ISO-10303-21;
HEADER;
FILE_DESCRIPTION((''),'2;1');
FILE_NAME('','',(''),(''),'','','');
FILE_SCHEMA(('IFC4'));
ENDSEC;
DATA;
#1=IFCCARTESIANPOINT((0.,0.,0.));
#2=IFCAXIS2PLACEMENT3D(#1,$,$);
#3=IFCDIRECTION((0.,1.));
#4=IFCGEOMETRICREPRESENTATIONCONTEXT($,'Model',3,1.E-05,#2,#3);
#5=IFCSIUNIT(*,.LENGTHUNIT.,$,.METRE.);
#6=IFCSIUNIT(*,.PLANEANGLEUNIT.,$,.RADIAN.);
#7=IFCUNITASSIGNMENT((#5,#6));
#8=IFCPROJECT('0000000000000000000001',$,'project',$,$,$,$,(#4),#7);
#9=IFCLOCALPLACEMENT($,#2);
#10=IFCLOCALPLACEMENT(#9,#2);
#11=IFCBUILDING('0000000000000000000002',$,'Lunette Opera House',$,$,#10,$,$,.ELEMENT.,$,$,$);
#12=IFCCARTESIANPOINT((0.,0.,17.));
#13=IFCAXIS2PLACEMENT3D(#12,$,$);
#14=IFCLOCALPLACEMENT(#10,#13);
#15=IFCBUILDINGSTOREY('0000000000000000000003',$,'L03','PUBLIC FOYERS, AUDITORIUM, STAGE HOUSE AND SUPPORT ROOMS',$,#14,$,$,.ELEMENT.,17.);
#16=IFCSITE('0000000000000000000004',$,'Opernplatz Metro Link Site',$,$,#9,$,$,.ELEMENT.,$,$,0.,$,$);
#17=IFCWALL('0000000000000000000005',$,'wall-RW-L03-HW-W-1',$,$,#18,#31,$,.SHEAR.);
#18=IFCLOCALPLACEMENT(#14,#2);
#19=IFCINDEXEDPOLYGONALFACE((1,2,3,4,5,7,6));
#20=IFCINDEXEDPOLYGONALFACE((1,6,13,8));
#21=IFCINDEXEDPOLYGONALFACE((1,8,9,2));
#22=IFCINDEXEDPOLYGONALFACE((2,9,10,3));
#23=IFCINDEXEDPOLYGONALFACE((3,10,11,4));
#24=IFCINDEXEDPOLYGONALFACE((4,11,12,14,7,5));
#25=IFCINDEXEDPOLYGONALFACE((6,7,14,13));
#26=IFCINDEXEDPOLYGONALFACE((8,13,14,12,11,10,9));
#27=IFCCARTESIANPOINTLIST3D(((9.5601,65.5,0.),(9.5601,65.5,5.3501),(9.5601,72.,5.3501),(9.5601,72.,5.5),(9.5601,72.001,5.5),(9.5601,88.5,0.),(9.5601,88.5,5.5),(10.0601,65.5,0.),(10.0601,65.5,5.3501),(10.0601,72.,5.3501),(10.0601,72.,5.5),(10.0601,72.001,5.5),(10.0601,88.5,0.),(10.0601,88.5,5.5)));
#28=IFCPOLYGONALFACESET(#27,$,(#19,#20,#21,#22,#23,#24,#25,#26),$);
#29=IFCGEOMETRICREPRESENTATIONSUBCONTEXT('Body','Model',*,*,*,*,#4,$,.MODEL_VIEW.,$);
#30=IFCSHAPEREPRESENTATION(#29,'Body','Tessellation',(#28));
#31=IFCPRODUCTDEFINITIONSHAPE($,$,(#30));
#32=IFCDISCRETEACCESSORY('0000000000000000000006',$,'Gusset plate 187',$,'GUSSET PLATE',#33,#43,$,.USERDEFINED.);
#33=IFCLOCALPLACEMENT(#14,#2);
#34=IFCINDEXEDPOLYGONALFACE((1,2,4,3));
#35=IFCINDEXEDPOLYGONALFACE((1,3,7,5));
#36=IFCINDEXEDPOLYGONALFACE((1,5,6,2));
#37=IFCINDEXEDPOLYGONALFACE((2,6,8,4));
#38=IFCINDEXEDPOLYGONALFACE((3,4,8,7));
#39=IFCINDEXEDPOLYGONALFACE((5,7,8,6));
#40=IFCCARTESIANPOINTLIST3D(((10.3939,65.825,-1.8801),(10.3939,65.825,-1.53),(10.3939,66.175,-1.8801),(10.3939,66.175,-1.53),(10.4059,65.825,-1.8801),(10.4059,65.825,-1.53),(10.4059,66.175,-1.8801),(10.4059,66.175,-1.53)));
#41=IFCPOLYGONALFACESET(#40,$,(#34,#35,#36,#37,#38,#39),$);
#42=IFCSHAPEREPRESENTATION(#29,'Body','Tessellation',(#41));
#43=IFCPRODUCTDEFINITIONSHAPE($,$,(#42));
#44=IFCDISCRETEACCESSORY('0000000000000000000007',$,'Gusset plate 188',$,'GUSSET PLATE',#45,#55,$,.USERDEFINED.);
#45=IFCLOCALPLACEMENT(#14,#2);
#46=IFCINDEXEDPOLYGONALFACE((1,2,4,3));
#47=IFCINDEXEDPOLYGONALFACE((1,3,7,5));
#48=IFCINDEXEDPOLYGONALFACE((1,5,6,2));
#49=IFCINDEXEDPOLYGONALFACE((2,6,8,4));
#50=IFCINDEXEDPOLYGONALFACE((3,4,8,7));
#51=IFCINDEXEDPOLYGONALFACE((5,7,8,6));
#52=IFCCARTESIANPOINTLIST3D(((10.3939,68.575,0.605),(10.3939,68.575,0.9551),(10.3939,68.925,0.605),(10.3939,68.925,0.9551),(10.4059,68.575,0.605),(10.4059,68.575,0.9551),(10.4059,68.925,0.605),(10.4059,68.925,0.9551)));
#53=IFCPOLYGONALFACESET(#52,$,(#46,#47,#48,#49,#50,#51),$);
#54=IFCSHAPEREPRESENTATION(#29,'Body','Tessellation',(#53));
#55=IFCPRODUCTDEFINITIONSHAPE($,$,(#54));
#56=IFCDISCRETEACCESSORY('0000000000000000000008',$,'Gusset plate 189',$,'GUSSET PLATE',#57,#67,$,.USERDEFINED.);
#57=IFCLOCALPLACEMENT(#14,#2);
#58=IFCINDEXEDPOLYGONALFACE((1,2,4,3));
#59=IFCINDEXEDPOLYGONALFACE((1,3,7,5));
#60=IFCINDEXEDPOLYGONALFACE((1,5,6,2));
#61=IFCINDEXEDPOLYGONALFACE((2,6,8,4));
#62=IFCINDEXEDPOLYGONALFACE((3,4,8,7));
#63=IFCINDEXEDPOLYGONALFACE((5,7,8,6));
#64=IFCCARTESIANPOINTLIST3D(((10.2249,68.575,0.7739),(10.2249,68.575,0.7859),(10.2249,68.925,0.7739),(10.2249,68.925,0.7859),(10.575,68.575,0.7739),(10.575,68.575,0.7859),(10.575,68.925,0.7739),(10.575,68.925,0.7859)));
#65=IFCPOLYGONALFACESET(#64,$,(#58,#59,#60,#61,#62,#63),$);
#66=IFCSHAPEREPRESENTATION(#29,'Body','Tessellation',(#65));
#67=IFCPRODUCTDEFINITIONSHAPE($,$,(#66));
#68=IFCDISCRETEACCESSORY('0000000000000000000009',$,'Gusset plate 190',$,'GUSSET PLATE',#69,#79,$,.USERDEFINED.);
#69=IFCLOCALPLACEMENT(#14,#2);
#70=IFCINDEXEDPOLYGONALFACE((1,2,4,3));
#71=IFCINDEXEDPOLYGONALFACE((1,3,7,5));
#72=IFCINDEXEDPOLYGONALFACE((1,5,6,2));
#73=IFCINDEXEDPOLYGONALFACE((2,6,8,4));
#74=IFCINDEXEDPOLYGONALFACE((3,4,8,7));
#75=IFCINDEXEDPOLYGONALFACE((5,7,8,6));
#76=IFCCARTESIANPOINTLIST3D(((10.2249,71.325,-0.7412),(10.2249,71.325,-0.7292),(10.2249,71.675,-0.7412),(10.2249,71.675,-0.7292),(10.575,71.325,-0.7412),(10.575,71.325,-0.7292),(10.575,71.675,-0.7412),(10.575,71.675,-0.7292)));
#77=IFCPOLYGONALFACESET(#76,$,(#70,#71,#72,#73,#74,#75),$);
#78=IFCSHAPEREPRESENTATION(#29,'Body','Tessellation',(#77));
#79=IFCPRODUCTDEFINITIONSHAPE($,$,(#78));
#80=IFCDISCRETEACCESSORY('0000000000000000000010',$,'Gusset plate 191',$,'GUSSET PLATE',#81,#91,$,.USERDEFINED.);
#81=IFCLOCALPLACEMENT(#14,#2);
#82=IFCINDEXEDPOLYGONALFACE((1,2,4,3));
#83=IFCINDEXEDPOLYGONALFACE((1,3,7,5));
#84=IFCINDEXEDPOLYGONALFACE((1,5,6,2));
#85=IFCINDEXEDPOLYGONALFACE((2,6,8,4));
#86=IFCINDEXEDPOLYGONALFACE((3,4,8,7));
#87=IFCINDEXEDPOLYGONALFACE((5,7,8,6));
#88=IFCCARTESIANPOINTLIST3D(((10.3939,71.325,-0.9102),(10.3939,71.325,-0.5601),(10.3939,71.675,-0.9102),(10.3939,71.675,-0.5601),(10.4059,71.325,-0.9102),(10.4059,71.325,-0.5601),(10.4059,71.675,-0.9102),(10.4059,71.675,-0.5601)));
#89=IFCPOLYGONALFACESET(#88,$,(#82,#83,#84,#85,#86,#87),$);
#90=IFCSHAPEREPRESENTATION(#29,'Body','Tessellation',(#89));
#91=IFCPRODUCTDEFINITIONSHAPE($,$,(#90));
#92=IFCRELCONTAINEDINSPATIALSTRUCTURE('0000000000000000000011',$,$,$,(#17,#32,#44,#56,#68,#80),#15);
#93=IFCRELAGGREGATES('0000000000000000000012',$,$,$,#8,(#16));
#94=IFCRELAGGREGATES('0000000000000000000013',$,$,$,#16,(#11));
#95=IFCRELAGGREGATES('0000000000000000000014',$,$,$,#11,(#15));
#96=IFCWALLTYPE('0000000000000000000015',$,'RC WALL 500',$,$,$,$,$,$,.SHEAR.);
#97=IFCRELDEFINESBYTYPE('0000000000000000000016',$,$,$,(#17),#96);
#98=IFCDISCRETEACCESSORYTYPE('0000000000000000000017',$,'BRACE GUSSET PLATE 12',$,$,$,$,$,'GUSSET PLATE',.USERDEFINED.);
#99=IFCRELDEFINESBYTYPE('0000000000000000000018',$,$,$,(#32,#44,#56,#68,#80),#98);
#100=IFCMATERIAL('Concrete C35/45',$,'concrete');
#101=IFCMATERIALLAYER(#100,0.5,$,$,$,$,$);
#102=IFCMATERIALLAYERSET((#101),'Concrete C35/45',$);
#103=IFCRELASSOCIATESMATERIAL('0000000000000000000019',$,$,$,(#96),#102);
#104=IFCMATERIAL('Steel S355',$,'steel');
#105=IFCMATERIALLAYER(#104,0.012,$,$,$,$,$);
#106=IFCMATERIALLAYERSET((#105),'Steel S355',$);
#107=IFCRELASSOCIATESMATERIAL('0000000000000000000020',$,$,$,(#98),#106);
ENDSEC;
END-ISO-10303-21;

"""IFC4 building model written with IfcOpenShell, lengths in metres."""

from ifc_helpers import new_model, si_unit, direction, frame, origin, origin_2d, place, context, subcontext, project, spatial, polyline, rectangle, outline, extrude, material, layer, layer_set, type_object, element, save


model = new_model("IFC4")

# Units and contexts
model_context = context("Model", 3, precision=1e-05, world=origin(), true_north=direction((0.0, 1.0)))
body_context = subcontext(model_context, "Body", "Model", "MODEL_VIEW")
ifc_project = project(units=[si_unit("LENGTHUNIT", "METRE"), si_unit("PLANEANGLEUNIT", "RADIAN")], contexts=[model_context])

# Site, building, storey
site_placement = place(None, origin())
site = spatial("IfcSite", under=ifc_project, at=site_placement, Name="Opernplatz Metro Link Site", CompositionType="ELEMENT", RefElevation=0.0)
building_placement = place(site_placement, origin())
building = spatial("IfcBuilding", under=site, at=building_placement, Name="Lunette Opera House", CompositionType="ELEMENT")
storey_placement = place(building_placement, frame((0.0, 0.0, 17.0)))
storey = spatial("IfcBuildingStorey", under=building, at=storey_placement, Name="L03", Description="PUBLIC FOYERS, AUDITORIUM, STAGE HOUSE AND SUPPORT ROOMS", CompositionType="ELEMENT", Elevation=17.0)

# Wall
ifc_material_1 = material(Name="Concrete C35/45", Category="concrete")
ifc_layer_1 = layer(ifc_material_1, 0.5)
ifc_layer_set_1 = layer_set([ifc_layer_1], Name="Concrete C35/45")
wall_type = type_object("IfcWallType", Name="RC WALL 500", PredefinedType="SHEAR", material=ifc_layer_set_1)
wall_1_placement = place(storey_placement, frame((9.8101, 65.5, 0.0), z_axis=(0.0, 0.0, 1.0), x_axis=(0.0, 1.0, 0.0)))
element("IfcWall", 1, at=wall_1_placement, inside=storey, type_object=wall_type, Name="wall-RW-L03-HW-W-1", PredefinedType="SHEAR", context=body_context, shape_type="SweptSolid", body=[
    extrude(outline(polyline([(0.0, 0.0), (23.0, 0.0), (23.0, 5.5), (6.501, 5.5), (6.5, 5.5), (6.5, 5.3501), (0.0, 5.3501), (0.0, 0.0)])), frame((0.0, 0.25, 0.0), z_axis=(0.0, -1.0, 0.0), x_axis=(1.0, 0.0, 0.0)), (0.0, 0.0, 1.0), 0.5),
])

# Discrete accessories
ifc_material_2 = material(Name="Steel S355", Category="steel")
ifc_layer_2 = layer(ifc_material_2, 0.012)
ifc_layer_set_2 = layer_set([ifc_layer_2], Name="Steel S355")
discrete_accessory_type = type_object("IfcDiscreteAccessoryType", Name="BRACE GUSSET PLATE 12", ElementType="GUSSET PLATE", PredefinedType="USERDEFINED", material=ifc_layer_set_2)
for number, where, z_axis, x_axis, name in (
    (2, (10.3999, 66.0, -1.8801), (0.0, 0.0, 1.0), (0.0, 1.0, 0.0), "Gusset plate 187"),
    (3, (10.3999, 68.75, 0.605), (0.0, 0.0, 1.0), (0.0, 1.0, 0.0), "Gusset plate 188"),
):
    element("IfcDiscreteAccessory", number, at=place(storey_placement, frame(where, z_axis=z_axis, x_axis=x_axis)), inside=storey, type_object=discrete_accessory_type, Name=name, ObjectType="GUSSET PLATE", PredefinedType="USERDEFINED", context=body_context, shape_type="SweptSolid", body=[
        extrude(rectangle(XDim=0.3501, YDim=0.012, at=origin_2d()), origin(), (0.0, 0.0, 1.0), 0.3501),
    ])
for number, where, z_axis, x_axis, name in (
    (4, (10.3999, 68.75, 0.7739), (0.0, 0.0, 1.0), (0.0, 1.0, 0.0), "Gusset plate 189"),
    (5, (10.3999, 71.5, -0.7412), (0.0, 0.0, 1.0), (0.0, 1.0, 0.0), "Gusset plate 190"),
):
    element("IfcDiscreteAccessory", number, at=place(storey_placement, frame(where, z_axis=z_axis, x_axis=x_axis)), inside=storey, type_object=discrete_accessory_type, Name=name, ObjectType="GUSSET PLATE", PredefinedType="USERDEFINED", context=body_context, shape_type="SweptSolid", body=[
        extrude(rectangle(XDim=0.3501, YDim=0.3501, at=origin_2d()), origin(), (0.0, 0.0, 1.0), 0.012),
    ])
discrete_accessory_placement = place(storey_placement, frame((10.3999, 71.5, -0.9102), z_axis=(0.0, 0.0, 1.0), x_axis=(0.0, 1.0, 0.0)))
element("IfcDiscreteAccessory", 6, at=discrete_accessory_placement, inside=storey, type_object=discrete_accessory_type, Name="Gusset plate 191", ObjectType="GUSSET PLATE", PredefinedType="USERDEFINED", context=body_context, shape_type="SweptSolid", body=[
    extrude(rectangle(XDim=0.3501, YDim=0.012, at=origin_2d()), origin(), (0.0, 0.0, 1.0), 0.3501),
])

save(model, "model.ifc")
